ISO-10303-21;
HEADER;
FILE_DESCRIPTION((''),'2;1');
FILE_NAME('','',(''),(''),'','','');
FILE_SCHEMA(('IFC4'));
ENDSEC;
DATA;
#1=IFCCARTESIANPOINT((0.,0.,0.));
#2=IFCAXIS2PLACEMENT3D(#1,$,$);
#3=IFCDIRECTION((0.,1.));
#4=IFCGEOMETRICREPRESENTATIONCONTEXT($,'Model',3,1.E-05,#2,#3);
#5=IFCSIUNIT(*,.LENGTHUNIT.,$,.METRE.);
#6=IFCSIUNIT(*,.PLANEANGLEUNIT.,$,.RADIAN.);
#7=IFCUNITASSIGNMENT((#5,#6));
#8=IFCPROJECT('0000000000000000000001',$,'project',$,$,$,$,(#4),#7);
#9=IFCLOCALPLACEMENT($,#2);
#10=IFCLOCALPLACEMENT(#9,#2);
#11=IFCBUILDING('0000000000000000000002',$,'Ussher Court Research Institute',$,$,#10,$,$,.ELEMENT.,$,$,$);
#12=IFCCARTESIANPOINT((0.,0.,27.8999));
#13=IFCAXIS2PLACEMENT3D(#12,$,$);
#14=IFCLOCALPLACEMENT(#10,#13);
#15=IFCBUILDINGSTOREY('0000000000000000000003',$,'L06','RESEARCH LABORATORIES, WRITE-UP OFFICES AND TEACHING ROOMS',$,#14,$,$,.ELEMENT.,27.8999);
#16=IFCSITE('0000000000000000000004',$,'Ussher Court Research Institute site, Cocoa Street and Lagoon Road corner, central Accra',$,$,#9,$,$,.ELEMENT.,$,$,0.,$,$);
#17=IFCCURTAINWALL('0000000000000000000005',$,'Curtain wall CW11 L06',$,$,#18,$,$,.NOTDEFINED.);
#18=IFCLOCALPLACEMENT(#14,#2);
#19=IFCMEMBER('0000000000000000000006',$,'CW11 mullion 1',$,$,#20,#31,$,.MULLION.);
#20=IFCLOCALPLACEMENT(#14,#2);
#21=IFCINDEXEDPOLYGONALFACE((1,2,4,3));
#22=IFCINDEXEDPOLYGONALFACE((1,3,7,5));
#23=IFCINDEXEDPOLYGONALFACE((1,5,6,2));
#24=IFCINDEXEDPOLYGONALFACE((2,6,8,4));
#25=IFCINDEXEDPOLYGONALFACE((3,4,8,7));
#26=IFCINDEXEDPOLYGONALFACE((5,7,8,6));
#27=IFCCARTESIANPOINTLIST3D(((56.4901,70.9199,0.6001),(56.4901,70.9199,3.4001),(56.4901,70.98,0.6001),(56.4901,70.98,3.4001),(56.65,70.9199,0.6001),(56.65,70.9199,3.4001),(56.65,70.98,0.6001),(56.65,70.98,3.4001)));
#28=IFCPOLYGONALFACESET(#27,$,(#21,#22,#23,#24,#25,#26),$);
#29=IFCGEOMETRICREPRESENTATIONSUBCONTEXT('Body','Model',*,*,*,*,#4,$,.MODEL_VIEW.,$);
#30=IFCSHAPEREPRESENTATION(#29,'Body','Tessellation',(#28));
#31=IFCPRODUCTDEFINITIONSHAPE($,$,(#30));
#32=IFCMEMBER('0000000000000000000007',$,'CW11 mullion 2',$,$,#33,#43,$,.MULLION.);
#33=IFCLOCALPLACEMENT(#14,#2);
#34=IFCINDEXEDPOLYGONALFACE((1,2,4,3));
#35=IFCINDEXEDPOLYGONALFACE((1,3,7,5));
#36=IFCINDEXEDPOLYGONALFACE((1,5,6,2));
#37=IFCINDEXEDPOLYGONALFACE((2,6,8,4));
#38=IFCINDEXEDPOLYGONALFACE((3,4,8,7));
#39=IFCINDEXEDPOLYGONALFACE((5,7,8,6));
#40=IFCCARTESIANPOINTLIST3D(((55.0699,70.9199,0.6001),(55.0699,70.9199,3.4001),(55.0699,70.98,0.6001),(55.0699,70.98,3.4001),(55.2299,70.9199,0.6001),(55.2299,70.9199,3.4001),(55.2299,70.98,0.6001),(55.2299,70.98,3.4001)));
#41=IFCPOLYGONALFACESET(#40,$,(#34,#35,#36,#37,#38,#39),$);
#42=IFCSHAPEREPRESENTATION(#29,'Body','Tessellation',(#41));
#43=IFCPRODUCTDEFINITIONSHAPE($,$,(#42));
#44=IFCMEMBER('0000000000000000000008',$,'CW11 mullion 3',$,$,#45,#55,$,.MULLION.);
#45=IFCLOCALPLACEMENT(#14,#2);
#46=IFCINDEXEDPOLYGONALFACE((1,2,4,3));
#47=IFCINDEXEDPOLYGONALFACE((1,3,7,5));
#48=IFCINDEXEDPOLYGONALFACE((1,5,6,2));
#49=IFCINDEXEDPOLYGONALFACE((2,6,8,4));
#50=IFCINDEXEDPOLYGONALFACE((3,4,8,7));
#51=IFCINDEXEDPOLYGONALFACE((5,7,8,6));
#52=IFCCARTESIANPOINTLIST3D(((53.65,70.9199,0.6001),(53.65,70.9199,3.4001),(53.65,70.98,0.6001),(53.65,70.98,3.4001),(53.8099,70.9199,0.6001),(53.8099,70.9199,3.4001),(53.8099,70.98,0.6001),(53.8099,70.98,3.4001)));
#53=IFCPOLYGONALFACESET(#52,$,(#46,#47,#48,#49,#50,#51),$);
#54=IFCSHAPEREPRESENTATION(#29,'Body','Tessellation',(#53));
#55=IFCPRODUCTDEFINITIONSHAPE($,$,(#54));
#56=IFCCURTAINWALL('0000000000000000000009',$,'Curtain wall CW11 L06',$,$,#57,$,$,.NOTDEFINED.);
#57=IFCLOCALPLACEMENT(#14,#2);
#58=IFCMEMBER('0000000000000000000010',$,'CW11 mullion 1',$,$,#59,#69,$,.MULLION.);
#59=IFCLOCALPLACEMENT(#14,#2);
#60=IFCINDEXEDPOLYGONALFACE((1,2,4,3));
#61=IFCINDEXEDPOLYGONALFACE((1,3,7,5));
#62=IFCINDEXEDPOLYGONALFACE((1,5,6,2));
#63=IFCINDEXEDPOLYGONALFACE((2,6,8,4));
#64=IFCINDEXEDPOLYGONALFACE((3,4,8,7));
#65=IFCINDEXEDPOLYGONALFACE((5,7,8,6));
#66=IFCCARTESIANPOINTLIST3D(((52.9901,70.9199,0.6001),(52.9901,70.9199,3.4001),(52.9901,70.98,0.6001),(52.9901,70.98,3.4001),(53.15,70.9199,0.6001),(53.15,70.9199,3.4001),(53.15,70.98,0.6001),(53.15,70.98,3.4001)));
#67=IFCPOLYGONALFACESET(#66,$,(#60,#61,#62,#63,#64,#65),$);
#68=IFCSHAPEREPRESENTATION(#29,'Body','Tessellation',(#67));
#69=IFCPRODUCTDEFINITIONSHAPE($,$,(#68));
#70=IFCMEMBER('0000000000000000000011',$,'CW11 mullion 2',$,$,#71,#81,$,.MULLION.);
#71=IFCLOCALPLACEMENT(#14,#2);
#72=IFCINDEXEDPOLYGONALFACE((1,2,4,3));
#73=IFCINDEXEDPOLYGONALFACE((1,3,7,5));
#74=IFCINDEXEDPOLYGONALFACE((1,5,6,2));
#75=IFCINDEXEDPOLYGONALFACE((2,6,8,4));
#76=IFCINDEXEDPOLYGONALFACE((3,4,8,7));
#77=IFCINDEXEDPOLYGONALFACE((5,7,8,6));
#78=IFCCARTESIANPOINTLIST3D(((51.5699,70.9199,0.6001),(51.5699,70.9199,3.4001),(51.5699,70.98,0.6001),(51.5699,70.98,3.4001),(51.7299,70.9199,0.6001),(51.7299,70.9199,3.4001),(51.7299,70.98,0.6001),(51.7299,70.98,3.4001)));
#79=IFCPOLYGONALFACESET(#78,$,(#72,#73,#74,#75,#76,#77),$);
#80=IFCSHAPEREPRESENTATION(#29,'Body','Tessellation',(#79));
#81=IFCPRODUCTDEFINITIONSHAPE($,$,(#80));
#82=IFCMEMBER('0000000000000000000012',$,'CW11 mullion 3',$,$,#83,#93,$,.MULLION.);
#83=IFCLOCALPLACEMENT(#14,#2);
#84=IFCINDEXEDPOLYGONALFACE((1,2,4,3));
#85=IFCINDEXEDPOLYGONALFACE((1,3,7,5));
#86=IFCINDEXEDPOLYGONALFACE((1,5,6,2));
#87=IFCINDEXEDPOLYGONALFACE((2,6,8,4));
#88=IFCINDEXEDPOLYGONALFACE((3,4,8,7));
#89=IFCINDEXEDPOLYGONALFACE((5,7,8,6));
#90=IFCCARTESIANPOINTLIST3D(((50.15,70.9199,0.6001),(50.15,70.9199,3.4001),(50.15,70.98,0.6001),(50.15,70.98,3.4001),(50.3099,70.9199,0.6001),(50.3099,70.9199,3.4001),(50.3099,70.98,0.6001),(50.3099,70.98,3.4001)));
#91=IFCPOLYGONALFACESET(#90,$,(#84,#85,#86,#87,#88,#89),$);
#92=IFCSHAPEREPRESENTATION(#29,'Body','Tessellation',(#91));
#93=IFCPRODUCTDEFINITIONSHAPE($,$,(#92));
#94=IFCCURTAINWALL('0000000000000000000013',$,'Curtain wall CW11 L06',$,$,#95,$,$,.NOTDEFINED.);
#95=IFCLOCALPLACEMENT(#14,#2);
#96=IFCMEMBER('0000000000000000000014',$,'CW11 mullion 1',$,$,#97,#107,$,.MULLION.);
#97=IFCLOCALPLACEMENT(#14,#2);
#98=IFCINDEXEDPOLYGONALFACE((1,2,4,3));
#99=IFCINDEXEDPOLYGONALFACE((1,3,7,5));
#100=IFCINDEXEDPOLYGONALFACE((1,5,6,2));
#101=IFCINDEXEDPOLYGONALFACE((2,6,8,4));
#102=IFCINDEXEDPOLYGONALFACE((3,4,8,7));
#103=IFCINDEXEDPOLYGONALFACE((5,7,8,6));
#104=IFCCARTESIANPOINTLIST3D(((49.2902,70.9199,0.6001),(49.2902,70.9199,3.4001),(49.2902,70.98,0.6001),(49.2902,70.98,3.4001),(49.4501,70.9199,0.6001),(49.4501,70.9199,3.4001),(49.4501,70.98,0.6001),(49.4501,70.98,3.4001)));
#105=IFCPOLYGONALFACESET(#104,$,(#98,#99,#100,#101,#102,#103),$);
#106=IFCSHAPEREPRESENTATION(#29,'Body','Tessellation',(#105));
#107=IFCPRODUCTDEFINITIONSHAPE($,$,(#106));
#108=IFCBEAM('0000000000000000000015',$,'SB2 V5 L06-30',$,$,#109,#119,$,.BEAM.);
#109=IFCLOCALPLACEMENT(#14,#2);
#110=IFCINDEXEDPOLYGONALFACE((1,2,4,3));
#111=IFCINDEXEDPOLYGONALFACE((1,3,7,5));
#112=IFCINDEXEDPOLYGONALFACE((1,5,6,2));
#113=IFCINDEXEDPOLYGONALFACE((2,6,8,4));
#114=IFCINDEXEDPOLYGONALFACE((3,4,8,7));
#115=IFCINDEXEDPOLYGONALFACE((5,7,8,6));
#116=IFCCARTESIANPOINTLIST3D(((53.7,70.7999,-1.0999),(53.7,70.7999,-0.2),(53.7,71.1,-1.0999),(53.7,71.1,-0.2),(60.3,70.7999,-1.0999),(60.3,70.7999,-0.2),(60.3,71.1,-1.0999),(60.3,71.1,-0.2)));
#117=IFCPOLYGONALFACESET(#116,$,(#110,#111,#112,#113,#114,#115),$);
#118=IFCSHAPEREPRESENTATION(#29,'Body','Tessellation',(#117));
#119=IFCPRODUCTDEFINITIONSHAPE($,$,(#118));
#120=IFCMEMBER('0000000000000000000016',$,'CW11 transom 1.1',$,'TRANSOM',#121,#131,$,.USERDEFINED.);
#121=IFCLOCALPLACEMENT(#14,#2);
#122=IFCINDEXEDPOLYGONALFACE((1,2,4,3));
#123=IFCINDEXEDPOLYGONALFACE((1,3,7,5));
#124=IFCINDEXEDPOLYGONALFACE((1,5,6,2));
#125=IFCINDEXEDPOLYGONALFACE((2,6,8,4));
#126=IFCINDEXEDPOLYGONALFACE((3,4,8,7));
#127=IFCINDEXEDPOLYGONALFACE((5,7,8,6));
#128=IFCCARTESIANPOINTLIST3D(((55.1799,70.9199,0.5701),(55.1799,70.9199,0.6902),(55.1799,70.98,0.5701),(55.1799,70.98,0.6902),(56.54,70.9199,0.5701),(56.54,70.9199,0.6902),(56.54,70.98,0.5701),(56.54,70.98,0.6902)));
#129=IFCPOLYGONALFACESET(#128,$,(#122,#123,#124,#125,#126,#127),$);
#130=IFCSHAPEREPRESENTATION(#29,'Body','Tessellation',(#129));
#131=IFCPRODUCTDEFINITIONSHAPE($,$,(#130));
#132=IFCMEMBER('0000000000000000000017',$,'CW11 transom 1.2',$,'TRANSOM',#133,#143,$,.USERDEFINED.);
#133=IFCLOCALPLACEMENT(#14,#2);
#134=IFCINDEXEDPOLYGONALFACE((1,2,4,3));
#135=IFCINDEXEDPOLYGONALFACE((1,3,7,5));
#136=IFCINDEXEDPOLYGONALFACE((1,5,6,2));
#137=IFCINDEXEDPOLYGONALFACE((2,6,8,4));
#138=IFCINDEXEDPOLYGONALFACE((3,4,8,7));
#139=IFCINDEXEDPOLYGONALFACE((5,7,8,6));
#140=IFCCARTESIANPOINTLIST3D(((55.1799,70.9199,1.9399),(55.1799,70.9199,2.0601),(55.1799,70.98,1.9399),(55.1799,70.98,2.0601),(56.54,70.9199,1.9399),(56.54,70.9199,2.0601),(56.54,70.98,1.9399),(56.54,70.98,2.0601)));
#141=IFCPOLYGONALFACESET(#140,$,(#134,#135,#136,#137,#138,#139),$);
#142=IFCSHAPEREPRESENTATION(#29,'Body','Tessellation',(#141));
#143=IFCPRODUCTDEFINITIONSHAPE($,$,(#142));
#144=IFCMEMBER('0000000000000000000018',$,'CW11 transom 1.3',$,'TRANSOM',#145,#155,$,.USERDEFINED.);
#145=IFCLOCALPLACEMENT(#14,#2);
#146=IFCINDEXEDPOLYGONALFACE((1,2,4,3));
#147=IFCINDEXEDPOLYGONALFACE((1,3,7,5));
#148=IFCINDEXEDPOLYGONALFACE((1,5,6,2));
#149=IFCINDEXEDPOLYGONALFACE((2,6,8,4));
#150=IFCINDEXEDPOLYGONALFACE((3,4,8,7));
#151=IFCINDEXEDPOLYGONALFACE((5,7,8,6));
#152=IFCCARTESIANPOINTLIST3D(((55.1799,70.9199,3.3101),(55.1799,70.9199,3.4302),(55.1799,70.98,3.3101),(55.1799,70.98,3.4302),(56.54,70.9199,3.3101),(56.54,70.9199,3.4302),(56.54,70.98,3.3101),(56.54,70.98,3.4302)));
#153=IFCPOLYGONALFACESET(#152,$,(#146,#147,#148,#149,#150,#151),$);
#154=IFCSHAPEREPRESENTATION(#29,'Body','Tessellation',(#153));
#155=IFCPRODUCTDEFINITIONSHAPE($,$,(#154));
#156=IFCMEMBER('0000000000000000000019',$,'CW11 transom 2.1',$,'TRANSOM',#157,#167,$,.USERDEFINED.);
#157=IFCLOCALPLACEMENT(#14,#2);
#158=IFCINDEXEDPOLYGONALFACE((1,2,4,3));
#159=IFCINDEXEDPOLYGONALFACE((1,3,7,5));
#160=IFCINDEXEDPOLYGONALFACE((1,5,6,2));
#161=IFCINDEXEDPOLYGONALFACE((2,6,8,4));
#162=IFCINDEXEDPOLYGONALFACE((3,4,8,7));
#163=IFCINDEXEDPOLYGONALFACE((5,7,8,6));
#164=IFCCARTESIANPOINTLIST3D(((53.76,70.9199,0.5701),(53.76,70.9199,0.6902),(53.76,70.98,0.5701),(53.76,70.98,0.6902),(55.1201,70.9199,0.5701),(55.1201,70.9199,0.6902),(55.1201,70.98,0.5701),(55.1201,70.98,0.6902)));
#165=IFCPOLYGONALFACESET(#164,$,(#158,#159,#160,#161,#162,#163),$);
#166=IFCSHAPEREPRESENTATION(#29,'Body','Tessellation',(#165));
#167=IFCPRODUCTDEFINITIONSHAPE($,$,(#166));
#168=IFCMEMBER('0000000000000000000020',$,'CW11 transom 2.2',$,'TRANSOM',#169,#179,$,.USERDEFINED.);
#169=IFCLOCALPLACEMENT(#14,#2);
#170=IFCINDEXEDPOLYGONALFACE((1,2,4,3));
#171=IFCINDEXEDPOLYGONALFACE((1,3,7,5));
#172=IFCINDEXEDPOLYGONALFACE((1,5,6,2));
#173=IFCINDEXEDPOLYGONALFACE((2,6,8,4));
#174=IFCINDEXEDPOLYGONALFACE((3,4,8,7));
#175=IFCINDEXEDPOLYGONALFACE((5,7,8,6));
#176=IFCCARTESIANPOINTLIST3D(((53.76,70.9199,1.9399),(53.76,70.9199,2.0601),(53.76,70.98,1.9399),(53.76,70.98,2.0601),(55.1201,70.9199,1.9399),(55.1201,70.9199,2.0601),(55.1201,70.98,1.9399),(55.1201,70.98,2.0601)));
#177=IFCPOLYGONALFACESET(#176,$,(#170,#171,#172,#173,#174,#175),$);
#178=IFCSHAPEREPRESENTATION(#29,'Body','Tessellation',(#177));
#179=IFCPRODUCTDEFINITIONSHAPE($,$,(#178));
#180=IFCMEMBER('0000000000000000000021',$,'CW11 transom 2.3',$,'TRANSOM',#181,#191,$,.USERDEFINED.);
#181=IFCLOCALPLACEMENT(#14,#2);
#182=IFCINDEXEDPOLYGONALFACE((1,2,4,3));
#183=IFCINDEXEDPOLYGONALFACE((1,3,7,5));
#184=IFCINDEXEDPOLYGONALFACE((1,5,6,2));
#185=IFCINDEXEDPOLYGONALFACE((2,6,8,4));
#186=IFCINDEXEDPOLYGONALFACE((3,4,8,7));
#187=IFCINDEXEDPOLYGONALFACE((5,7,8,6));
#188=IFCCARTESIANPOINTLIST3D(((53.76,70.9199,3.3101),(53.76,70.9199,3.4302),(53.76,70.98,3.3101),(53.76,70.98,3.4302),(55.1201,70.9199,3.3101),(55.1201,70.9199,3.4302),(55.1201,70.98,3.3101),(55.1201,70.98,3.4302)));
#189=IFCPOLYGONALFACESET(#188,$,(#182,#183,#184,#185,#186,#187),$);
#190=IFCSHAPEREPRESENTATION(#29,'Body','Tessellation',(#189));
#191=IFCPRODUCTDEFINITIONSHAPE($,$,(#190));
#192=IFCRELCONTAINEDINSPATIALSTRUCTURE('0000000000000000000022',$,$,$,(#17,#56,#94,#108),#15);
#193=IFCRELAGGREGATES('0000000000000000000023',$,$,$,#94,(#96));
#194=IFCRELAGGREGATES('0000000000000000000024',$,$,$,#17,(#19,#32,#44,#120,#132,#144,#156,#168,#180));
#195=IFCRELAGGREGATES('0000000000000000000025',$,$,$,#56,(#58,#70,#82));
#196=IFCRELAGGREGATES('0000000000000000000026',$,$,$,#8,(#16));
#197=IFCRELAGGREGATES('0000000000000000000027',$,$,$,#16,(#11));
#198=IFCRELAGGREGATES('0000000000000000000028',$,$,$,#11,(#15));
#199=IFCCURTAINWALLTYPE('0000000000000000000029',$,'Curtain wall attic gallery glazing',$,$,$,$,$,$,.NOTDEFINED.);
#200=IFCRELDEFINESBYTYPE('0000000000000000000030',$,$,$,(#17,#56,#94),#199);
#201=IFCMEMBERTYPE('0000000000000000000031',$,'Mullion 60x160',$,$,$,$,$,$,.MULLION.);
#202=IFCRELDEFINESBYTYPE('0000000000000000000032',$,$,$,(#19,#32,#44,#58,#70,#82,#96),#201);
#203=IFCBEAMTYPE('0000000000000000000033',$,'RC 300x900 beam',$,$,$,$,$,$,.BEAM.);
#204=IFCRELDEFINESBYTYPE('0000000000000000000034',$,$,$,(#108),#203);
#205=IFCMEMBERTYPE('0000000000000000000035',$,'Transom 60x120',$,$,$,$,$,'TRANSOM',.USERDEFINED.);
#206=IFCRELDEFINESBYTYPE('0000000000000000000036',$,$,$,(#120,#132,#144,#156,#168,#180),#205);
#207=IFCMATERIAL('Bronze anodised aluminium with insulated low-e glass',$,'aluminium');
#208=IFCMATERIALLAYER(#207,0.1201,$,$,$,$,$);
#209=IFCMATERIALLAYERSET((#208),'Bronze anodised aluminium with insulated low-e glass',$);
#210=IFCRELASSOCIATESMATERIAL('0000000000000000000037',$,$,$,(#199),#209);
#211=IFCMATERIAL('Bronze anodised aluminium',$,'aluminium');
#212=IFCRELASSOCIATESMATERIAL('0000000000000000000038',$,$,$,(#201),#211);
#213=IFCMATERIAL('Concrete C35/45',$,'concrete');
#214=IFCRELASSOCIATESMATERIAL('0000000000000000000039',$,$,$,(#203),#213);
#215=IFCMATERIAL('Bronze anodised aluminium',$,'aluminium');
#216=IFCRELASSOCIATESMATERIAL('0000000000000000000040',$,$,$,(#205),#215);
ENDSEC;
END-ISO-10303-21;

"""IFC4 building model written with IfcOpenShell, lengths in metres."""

from ifc_helpers import new_model, si_unit, direction, frame, origin, origin_2d, place, context, subcontext, project, spatial, rectangle, extrude, material, layer, layer_set, material_profile, profile_set, type_object, element, aggregate, save


model = new_model("IFC4")

# Units and contexts
model_context = context("Model", 3, precision=1e-05, world=origin(), true_north=direction((0.0, 1.0)))
body_context = subcontext(model_context, "Body", "Model", "MODEL_VIEW")
ifc_project = project(units=[si_unit("LENGTHUNIT", "METRE"), si_unit("PLANEANGLEUNIT", "RADIAN")], contexts=[model_context])

# Site, building, storey
site_placement = place(None, origin())
site = spatial("IfcSite", under=ifc_project, at=site_placement, Name="Ussher Court Research Institute site, Cocoa Street and Lagoon Road corner, central Accra", CompositionType="ELEMENT", RefElevation=0.0)
building_placement = place(site_placement, origin())
building = spatial("IfcBuilding", under=site, at=building_placement, Name="Ussher Court Research Institute", CompositionType="ELEMENT")
storey_placement = place(building_placement, frame((0.0, 0.0, 27.8999)))
storey = spatial("IfcBuildingStorey", under=building, at=storey_placement, Name="L06", Description="RESEARCH LABORATORIES, WRITE-UP OFFICES AND TEACHING ROOMS", CompositionType="ELEMENT", Elevation=27.8999)

# Curtain walls, members
ifc_material_1 = material(Name="Bronze anodised aluminium with insulated low-e glass", Category="aluminium")
ifc_layer_1 = layer(ifc_material_1, 0.1201)
ifc_layer_set_1 = layer_set([ifc_layer_1], Name="Bronze anodised aluminium with insulated low-e glass")
curtain_wall_type = type_object("IfcCurtainWallType", Name="Curtain wall attic gallery glazing", PredefinedType="NOTDEFINED", material=ifc_layer_set_1)
curtain_wall_1_placement = place(storey_placement, origin())
curtain_wall_1 = element("IfcCurtainWall", 1, at=curtain_wall_1_placement, inside=storey, type_object=curtain_wall_type, Name="Curtain wall CW11 L06", PredefinedType="NOTDEFINED")
ifc_material_2 = material(Name="Bronze anodised aluminium", Category="aluminium")
ifc_material_profile_1 = material_profile(ifc_material_2, rectangle(XDim=0.0601, YDim=0.1599, at=origin_2d()), Name="Mullion 60x160")
ifc_profile_set_1 = profile_set([ifc_material_profile_1], Name="Bronze anodised aluminium")
member_type_1 = type_object("IfcMemberType", Name="Mullion 60x160", PredefinedType="MULLION", material=ifc_profile_set_1)
member_1_placement = place(storey_placement, frame((56.5701, 70.95, 0.6001), z_axis=(0.0, 0.0, 1.0), x_axis=(0.0, -1.0, 0.0)))
member_1 = element("IfcMember", 2, at=member_1_placement, type_object=member_type_1, Name="CW11 mullion 1", PredefinedType="MULLION", context=body_context, shape_type="SweptSolid", body=[
    extrude(rectangle(XDim=0.0601, YDim=0.1599, at=origin_2d()), origin(), (0.0, 0.0, 1.0), 2.8),
])
member_2_placement = place(storey_placement, frame((55.1499, 70.95, 0.6001), z_axis=(0.0, 0.0, 1.0), x_axis=(0.0, -1.0, 0.0)))
member_2 = element("IfcMember", 3, at=member_2_placement, type_object=member_type_1, Name="CW11 mullion 2", PredefinedType="MULLION", context=body_context, shape_type="SweptSolid", body=[
    extrude(rectangle(XDim=0.0601, YDim=0.1599, at=origin_2d()), origin(), (0.0, 0.0, 1.0), 2.8),
])
member_3_placement = place(storey_placement, frame((53.73, 70.95, 0.6001), z_axis=(0.0, 0.0, 1.0), x_axis=(0.0, -1.0, 0.0)))
member_3 = element("IfcMember", 4, at=member_3_placement, type_object=member_type_1, Name="CW11 mullion 3", PredefinedType="MULLION", context=body_context, shape_type="SweptSolid", body=[
    extrude(rectangle(XDim=0.0601, YDim=0.1599, at=origin_2d()), origin(), (0.0, 0.0, 1.0), 2.8),
])
curtain_wall_2_placement = place(storey_placement, origin())
curtain_wall_2 = element("IfcCurtainWall", 5, at=curtain_wall_2_placement, inside=storey, type_object=curtain_wall_type, Name="Curtain wall CW11 L06", PredefinedType="NOTDEFINED")
member_4_placement = place(storey_placement, frame((53.0701, 70.95, 0.6001), z_axis=(0.0, 0.0, 1.0), x_axis=(0.0, -1.0, 0.0)))
member_4 = element("IfcMember", 6, at=member_4_placement, type_object=member_type_1, Name="CW11 mullion 1", PredefinedType="MULLION", context=body_context, shape_type="SweptSolid", body=[
    extrude(rectangle(XDim=0.0601, YDim=0.1599, at=origin_2d()), origin(), (0.0, 0.0, 1.0), 2.8),
])
member_5_placement = place(storey_placement, frame((51.6499, 70.95, 0.6001), z_axis=(0.0, 0.0, 1.0), x_axis=(0.0, -1.0, 0.0)))
member_5 = element("IfcMember", 7, at=member_5_placement, type_object=member_type_1, Name="CW11 mullion 2", PredefinedType="MULLION", context=body_context, shape_type="SweptSolid", body=[
    extrude(rectangle(XDim=0.0601, YDim=0.1599, at=origin_2d()), origin(), (0.0, 0.0, 1.0), 2.8),
])
member_6_placement = place(storey_placement, frame((50.23, 70.95, 0.6001), z_axis=(0.0, 0.0, 1.0), x_axis=(0.0, -1.0, 0.0)))
member_6 = element("IfcMember", 8, at=member_6_placement, type_object=member_type_1, Name="CW11 mullion 3", PredefinedType="MULLION", context=body_context, shape_type="SweptSolid", body=[
    extrude(rectangle(XDim=0.0601, YDim=0.1599, at=origin_2d()), origin(), (0.0, 0.0, 1.0), 2.8),
])

# Curtain wall, member
curtain_wall_3_placement = place(storey_placement, origin())
curtain_wall_3 = element("IfcCurtainWall", 9, at=curtain_wall_3_placement, inside=storey, type_object=curtain_wall_type, Name="Curtain wall CW11 L06", PredefinedType="NOTDEFINED")
member_7_placement = place(storey_placement, frame((49.3701, 70.95, 0.6001), z_axis=(0.0, 0.0, 1.0), x_axis=(0.0, -1.0, 0.0)))
member_7 = element("IfcMember", 10, at=member_7_placement, type_object=member_type_1, Name="CW11 mullion 1", PredefinedType="MULLION", context=body_context, shape_type="SweptSolid", body=[
    extrude(rectangle(XDim=0.0601, YDim=0.1599, at=origin_2d()), origin(), (0.0, 0.0, 1.0), 2.8),
])

# Beam
ifc_material_3 = material(Name="Concrete C35/45", Category="concrete")
ifc_material_profile_2 = material_profile(ifc_material_3, rectangle(XDim=0.3, YDim=0.8999, at=origin_2d()), Name="RC 300x900")
ifc_profile_set_2 = profile_set([ifc_material_profile_2], Name="Concrete C35/45")
beam_type = type_object("IfcBeamType", Name="RC 300x900 beam", PredefinedType="BEAM", material=ifc_profile_set_2)
beam_placement = place(storey_placement, frame((53.7, 70.95, -0.6499), z_axis=(1.0, 0.0, 0.0), x_axis=(0.0, 1.0, 0.0)))
element("IfcBeam", 11, at=beam_placement, inside=storey, type_object=beam_type, Name="SB2 V5 L06-30", PredefinedType="BEAM", context=body_context, shape_type="SweptSolid", body=[
    extrude(rectangle(XDim=0.3, YDim=0.8999, at=origin_2d()), origin(), (0.0, 0.0, 1.0), 6.6001),
])

# Members
ifc_material_4 = material(Name="Bronze anodised aluminium", Category="aluminium")
ifc_material_profile_3 = material_profile(ifc_material_4, rectangle(XDim=0.0601, YDim=0.1201, at=origin_2d()), Name="Transom 60x120")
ifc_profile_set_3 = profile_set([ifc_material_profile_3], Name="Bronze anodised aluminium")
member_type_2 = type_object("IfcMemberType", Name="Transom 60x120", ElementType="TRANSOM", PredefinedType="USERDEFINED", material=ifc_profile_set_3)
member_8_placement = place(storey_placement, frame((56.54, 70.95, 0.6301), z_axis=(-1.0, 0.0, 0.0), x_axis=(0.0, -1.0, 0.0)))
member_8 = element("IfcMember", 12, at=member_8_placement, type_object=member_type_2, Name="CW11 transom 1.1", ObjectType="TRANSOM", PredefinedType="USERDEFINED", context=body_context, shape_type="SweptSolid", body=[
    extrude(rectangle(XDim=0.0601, YDim=0.1201, at=origin_2d()), origin(), (0.0, 0.0, 1.0), 1.3601),
])
member_9_placement = place(storey_placement, frame((56.54, 70.95, 2.0), z_axis=(-1.0, 0.0, 0.0), x_axis=(0.0, -1.0, 0.0)))
member_9 = element("IfcMember", 13, at=member_9_placement, type_object=member_type_2, Name="CW11 transom 1.2", ObjectType="TRANSOM", PredefinedType="USERDEFINED", context=body_context, shape_type="SweptSolid", body=[
    extrude(rectangle(XDim=0.0601, YDim=0.1201, at=origin_2d()), origin(), (0.0, 0.0, 1.0), 1.3601),
])
member_10_placement = place(storey_placement, frame((56.54, 70.95, 3.3701), z_axis=(-1.0, 0.0, 0.0), x_axis=(0.0, -1.0, 0.0)))
member_10 = element("IfcMember", 14, at=member_10_placement, type_object=member_type_2, Name="CW11 transom 1.3", ObjectType="TRANSOM", PredefinedType="USERDEFINED", context=body_context, shape_type="SweptSolid", body=[
    extrude(rectangle(XDim=0.0601, YDim=0.1201, at=origin_2d()), origin(), (0.0, 0.0, 1.0), 1.3601),
])
member_11_placement = place(storey_placement, frame((55.1201, 70.95, 0.6301), z_axis=(-1.0, 0.0, 0.0), x_axis=(0.0, -1.0, 0.0)))
member_11 = element("IfcMember", 15, at=member_11_placement, type_object=member_type_2, Name="CW11 transom 2.1", ObjectType="TRANSOM", PredefinedType="USERDEFINED", context=body_context, shape_type="SweptSolid", body=[
    extrude(rectangle(XDim=0.0601, YDim=0.1201, at=origin_2d()), origin(), (0.0, 0.0, 1.0), 1.3601),
])
member_12_placement = place(storey_placement, frame((55.1201, 70.95, 2.0), z_axis=(-1.0, 0.0, 0.0), x_axis=(0.0, -1.0, 0.0)))
member_12 = element("IfcMember", 16, at=member_12_placement, type_object=member_type_2, Name="CW11 transom 2.2", ObjectType="TRANSOM", PredefinedType="USERDEFINED", context=body_context, shape_type="SweptSolid", body=[
    extrude(rectangle(XDim=0.0601, YDim=0.1201, at=origin_2d()), origin(), (0.0, 0.0, 1.0), 1.3601),
])
member_13_placement = place(storey_placement, frame((55.1201, 70.95, 3.3701), z_axis=(-1.0, 0.0, 0.0), x_axis=(0.0, -1.0, 0.0)))
member_13 = element("IfcMember", 17, at=member_13_placement, type_object=member_type_2, Name="CW11 transom 2.3", ObjectType="TRANSOM", PredefinedType="USERDEFINED", context=body_context, shape_type="SweptSolid", body=[
    extrude(rectangle(XDim=0.0601, YDim=0.1201, at=origin_2d()), origin(), (0.0, 0.0, 1.0), 1.3601),
])
aggregate(curtain_wall_3, [member_7])

aggregate(curtain_wall_1, [member_1, member_2, member_3, member_8, member_9, member_10, member_11, member_12, member_13])
aggregate(curtain_wall_2, [member_4, member_5, member_6])

save(model, "model.ifc")
